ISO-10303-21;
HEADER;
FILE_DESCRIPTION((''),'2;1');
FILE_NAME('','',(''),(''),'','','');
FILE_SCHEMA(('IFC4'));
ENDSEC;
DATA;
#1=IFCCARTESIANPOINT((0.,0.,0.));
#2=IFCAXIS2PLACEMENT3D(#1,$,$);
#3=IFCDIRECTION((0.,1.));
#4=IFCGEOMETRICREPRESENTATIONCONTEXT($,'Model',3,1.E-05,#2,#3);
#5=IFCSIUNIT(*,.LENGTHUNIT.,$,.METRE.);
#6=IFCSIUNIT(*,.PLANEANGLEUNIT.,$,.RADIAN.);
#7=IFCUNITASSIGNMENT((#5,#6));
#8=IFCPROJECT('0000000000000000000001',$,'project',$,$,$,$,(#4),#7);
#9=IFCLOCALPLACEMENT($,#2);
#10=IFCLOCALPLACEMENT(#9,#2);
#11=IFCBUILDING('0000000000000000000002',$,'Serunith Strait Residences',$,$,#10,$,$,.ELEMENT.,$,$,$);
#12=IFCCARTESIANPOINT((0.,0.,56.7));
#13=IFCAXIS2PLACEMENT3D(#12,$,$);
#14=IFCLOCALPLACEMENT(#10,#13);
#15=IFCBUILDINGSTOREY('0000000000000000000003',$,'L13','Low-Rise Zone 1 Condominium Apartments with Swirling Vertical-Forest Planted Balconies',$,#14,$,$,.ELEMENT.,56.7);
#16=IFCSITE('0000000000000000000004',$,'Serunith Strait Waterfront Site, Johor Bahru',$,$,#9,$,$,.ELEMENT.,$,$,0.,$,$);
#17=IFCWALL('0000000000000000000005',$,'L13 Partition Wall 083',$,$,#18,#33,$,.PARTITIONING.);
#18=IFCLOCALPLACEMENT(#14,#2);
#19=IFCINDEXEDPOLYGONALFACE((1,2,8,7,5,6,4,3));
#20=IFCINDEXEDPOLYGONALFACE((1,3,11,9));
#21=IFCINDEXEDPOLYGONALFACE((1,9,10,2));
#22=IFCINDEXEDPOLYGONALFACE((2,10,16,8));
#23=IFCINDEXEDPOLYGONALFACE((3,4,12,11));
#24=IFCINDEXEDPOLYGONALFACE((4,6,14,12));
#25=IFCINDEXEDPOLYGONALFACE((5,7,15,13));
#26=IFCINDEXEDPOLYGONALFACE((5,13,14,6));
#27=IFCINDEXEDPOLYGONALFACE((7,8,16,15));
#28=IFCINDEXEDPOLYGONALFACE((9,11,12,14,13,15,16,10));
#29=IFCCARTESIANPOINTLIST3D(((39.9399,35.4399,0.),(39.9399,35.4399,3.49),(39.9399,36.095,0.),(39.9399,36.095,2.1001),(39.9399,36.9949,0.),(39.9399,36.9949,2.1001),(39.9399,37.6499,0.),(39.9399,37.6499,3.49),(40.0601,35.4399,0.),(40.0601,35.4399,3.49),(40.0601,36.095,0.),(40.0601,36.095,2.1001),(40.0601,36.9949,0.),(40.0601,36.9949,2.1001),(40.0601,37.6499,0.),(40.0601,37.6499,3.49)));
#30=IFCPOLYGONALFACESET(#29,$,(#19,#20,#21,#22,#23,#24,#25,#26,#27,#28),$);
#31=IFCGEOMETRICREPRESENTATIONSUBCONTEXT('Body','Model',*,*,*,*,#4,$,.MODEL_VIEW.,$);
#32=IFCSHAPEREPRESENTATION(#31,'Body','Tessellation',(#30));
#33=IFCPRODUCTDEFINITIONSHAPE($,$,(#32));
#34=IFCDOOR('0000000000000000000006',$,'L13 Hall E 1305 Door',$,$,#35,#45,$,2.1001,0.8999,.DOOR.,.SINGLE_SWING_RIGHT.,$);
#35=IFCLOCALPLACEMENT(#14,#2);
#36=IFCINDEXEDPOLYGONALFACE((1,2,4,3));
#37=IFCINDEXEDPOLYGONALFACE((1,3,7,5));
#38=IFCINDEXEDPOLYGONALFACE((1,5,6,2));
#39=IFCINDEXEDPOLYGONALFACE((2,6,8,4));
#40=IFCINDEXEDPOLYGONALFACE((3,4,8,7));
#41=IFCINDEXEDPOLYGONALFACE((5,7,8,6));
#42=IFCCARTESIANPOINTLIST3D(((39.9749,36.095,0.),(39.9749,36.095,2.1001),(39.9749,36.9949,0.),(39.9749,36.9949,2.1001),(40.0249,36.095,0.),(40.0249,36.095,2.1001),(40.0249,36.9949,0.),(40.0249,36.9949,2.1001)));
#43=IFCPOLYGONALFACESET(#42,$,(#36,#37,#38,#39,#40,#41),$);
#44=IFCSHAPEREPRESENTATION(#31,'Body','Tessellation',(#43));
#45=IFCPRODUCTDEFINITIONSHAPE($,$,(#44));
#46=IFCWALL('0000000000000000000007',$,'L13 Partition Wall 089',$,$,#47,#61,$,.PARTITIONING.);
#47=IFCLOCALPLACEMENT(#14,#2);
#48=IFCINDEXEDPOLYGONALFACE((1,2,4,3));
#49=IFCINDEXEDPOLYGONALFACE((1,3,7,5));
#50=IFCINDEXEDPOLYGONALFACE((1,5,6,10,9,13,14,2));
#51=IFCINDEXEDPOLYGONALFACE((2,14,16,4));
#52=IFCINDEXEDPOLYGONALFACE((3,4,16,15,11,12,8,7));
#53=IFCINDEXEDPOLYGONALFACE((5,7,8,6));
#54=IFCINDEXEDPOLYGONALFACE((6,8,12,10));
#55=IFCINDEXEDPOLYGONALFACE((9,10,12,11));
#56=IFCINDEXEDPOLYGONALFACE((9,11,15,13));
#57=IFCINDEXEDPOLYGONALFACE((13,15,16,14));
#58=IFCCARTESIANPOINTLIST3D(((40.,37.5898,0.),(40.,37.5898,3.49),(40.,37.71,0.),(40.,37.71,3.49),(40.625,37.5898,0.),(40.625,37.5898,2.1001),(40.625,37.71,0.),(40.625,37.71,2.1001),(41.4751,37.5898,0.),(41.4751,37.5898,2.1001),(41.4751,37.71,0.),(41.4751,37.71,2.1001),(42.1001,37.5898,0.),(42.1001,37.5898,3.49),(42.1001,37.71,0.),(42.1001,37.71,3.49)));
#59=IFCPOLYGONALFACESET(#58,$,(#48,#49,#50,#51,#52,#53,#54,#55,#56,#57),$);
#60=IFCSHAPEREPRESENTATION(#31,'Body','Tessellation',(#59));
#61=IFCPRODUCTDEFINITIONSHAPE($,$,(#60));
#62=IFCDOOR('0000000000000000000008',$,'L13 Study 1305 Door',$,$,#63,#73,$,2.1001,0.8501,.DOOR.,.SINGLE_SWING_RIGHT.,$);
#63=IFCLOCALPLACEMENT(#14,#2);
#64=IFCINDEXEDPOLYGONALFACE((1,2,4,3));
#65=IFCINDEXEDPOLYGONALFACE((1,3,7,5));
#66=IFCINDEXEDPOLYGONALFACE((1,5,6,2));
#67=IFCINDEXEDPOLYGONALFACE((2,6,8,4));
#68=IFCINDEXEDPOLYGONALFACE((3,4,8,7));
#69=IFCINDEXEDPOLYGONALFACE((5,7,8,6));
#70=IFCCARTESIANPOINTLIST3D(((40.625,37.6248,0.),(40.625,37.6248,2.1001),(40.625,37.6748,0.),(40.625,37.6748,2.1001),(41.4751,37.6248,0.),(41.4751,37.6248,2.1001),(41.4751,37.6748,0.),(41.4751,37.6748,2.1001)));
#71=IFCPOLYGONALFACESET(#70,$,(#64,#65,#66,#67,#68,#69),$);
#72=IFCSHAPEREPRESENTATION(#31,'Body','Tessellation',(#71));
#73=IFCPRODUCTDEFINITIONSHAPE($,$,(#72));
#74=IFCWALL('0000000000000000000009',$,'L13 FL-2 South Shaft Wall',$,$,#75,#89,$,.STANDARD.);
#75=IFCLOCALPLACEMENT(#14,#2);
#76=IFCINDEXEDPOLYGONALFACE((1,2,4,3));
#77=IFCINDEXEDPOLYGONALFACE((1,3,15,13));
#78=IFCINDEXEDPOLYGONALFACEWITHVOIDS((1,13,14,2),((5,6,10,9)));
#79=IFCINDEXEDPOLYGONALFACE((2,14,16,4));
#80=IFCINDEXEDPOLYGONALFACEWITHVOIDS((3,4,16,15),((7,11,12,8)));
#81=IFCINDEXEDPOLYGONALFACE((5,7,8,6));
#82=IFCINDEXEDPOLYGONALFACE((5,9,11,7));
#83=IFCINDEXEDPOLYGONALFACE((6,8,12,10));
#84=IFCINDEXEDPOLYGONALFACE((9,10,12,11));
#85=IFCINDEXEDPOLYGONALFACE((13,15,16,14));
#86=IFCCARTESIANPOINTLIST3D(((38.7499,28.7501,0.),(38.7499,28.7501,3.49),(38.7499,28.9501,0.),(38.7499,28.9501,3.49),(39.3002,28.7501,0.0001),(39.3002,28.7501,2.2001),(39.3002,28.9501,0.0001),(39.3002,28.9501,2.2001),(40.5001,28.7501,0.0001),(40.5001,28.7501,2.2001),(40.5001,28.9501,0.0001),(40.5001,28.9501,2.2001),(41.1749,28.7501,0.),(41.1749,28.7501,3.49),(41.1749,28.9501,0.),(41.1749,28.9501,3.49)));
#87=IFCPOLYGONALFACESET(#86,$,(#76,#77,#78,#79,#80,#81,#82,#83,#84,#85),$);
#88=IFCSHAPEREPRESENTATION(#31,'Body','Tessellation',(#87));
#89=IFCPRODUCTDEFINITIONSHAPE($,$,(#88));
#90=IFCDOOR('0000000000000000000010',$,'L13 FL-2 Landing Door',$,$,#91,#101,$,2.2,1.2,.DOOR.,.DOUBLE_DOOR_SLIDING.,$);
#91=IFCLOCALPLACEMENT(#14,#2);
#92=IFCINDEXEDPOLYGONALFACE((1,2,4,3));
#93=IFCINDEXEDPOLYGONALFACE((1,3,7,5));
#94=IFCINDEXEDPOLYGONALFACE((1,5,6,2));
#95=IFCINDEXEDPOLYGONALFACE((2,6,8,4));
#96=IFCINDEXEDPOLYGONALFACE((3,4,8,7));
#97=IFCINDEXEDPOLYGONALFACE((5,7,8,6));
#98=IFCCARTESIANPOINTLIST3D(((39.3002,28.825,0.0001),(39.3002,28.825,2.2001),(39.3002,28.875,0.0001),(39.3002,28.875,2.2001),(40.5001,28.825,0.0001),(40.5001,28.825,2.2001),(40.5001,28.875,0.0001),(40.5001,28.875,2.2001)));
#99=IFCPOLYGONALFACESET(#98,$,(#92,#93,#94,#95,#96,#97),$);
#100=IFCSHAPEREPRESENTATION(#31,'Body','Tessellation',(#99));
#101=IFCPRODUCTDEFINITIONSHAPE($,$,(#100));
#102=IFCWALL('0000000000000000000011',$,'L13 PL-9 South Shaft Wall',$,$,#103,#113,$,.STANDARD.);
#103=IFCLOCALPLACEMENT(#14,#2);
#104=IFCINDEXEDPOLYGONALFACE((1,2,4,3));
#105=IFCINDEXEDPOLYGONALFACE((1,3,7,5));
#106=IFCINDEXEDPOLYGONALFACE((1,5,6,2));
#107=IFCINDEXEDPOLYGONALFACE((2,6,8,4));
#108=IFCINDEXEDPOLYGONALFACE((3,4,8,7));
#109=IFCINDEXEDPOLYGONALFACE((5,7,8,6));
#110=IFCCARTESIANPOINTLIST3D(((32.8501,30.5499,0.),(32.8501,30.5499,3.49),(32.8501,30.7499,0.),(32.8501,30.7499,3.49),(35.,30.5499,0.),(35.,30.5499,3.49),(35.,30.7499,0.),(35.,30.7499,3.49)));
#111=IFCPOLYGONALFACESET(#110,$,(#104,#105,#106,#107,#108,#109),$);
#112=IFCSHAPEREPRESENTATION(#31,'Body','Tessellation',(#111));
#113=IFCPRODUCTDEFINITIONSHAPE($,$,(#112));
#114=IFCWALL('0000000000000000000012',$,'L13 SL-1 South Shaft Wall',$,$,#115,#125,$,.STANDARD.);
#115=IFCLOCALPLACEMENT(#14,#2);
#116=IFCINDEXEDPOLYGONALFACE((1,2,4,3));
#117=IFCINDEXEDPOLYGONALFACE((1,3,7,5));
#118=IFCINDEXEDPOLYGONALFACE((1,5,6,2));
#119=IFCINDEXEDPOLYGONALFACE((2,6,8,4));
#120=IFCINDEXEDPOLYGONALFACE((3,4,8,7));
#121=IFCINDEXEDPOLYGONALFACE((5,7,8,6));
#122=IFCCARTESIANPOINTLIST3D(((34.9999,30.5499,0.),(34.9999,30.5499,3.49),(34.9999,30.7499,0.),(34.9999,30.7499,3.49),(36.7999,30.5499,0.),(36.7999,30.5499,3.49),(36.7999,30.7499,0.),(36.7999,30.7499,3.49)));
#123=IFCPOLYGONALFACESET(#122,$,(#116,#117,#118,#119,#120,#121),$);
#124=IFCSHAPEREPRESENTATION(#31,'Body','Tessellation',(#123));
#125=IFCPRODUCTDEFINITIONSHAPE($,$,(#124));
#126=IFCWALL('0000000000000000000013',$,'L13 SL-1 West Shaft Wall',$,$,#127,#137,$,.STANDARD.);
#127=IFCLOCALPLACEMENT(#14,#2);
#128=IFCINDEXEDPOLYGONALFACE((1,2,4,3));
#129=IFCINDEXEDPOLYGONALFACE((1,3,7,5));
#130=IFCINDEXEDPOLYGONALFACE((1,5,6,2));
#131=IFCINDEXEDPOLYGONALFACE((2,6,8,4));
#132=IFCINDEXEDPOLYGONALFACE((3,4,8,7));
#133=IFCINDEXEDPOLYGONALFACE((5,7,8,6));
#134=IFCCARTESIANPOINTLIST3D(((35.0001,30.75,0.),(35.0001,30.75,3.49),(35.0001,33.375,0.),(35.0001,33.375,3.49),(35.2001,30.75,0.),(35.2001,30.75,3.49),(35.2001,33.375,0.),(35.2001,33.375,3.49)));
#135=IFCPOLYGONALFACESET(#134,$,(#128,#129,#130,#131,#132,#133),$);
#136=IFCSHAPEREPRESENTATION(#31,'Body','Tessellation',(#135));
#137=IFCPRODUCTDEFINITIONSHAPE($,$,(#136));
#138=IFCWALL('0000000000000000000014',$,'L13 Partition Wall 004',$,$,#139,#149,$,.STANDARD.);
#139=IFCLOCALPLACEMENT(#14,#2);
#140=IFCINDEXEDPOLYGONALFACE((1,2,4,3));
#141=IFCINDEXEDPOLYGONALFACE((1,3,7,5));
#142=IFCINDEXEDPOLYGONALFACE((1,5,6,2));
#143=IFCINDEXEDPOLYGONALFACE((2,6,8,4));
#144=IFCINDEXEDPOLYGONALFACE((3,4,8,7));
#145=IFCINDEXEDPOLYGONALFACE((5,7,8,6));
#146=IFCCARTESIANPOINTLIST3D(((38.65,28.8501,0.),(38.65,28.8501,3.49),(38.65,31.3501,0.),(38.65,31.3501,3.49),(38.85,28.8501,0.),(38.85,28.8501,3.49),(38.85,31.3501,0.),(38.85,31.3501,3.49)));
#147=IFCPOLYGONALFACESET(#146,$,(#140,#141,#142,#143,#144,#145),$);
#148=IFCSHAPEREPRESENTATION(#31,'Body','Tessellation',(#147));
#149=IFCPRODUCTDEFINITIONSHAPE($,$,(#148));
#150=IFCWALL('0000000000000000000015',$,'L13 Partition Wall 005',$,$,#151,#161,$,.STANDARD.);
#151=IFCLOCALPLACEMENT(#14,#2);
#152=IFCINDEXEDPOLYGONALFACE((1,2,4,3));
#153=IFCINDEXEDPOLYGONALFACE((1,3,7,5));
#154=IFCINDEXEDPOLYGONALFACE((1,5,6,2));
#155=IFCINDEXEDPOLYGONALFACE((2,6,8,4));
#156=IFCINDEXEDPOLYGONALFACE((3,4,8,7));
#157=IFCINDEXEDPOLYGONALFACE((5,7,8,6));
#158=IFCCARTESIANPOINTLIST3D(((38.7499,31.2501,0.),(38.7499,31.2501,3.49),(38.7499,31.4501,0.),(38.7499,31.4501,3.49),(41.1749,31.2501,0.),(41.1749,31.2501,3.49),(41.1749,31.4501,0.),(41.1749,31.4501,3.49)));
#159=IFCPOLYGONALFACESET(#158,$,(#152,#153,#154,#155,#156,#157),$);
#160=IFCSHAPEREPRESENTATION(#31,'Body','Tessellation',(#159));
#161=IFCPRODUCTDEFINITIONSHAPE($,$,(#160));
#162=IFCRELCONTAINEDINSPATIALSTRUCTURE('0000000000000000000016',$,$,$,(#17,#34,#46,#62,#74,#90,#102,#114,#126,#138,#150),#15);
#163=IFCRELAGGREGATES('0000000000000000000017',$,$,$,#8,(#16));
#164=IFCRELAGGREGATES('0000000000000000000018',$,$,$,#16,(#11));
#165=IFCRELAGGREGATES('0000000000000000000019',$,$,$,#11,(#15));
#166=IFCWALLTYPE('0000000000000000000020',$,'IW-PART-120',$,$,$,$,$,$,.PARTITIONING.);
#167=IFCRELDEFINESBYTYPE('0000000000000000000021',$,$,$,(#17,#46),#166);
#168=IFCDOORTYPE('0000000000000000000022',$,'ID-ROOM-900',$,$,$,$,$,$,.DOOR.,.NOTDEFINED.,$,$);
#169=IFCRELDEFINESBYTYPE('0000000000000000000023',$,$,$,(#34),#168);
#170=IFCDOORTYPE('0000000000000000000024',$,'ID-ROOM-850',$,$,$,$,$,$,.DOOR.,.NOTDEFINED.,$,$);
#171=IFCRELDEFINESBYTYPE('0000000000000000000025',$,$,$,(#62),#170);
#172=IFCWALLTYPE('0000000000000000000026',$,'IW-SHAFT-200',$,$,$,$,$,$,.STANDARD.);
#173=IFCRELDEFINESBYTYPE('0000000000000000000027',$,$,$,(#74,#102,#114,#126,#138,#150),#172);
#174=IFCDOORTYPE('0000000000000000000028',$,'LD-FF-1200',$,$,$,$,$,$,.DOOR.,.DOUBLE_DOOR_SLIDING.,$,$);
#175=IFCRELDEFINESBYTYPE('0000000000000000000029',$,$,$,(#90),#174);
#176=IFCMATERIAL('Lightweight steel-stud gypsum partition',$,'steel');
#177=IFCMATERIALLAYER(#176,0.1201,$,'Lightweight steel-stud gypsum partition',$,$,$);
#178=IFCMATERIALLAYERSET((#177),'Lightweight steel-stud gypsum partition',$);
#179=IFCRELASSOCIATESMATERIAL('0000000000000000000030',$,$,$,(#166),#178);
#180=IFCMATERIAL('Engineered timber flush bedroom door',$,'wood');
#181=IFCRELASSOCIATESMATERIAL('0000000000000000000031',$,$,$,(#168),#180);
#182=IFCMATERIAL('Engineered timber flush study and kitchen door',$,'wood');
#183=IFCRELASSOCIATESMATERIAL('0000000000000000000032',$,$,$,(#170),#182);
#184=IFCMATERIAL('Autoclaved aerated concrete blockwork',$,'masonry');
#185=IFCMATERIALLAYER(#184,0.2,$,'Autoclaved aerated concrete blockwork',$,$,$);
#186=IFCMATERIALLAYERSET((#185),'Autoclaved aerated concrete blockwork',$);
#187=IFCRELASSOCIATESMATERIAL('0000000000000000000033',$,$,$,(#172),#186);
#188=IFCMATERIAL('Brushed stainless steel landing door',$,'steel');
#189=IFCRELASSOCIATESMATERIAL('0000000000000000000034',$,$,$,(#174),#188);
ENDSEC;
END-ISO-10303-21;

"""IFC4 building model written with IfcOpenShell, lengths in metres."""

from ifc_helpers import new_model, si_unit, direction, frame, frame_2d, origin, place, context, subcontext, project, spatial, rectangle, extrude, source, transform, mapped, material, layer, layer_set, type_object, element, fill, save


model = new_model("IFC4")

# Units and contexts
model_context = context("Model", 3, precision=1e-05, world=origin(), true_north=direction((0.0, 1.0)))
body_context = subcontext(model_context, "Body", "Model", "MODEL_VIEW")
ifc_project = project(units=[si_unit("LENGTHUNIT", "METRE"), si_unit("PLANEANGLEUNIT", "RADIAN")], contexts=[model_context])

# Site, building, storey
site_placement = place(None, origin())
site = spatial("IfcSite", under=ifc_project, at=site_placement, Name="Serunith Strait Waterfront Site, Johor Bahru", CompositionType="ELEMENT", RefElevation=0.0)
building_placement = place(site_placement, origin())
building = spatial("IfcBuilding", under=site, at=building_placement, Name="Serunith Strait Residences", CompositionType="ELEMENT")
storey_placement = place(building_placement, frame((0.0, 0.0, 56.7)))
storey = spatial("IfcBuildingStorey", under=building, at=storey_placement, Name="L13", Description="Low-Rise Zone 1 Condominium Apartments with Swirling Vertical-Forest Planted Balconies", CompositionType="ELEMENT", Elevation=56.7)

# Walls, openings, doors
shared_shape_1 = source(origin(), body_context, "Body", "SweptSolid", [
    extrude(rectangle(XDim=0.8501, YDim=2.1001, at=frame_2d((0.425, 1.05))), frame((0.0, 0.0249, 0.0), z_axis=(0.0, -1.0, 0.0), x_axis=(1.0, 0.0, 0.0)), (0.0, 0.0, 1.0), 0.05),
])
ifc_material_1 = material(Name="Lightweight steel-stud gypsum partition", Category="steel")
ifc_layer_1 = layer(ifc_material_1, 0.1201, Name="Lightweight steel-stud gypsum partition")
ifc_layer_set_1 = layer_set([ifc_layer_1], Name="Lightweight steel-stud gypsum partition")
wall_type_1 = type_object("IfcWallType", Name="IW-PART-120", PredefinedType="PARTITIONING", material=ifc_layer_set_1)
ifc_material_2 = material(Name="Engineered timber flush bedroom door", Category="wood")
door_type_1 = type_object("IfcDoorType", Name="ID-ROOM-900", OperationType="NOTDEFINED", PredefinedType="DOOR", material=ifc_material_2)
shared_shape_2 = source(origin(), body_context, "Body", "SweptSolid", [
    extrude(rectangle(XDim=0.8999, YDim=2.1001, at=frame_2d((0.45, 1.05))), frame((0.0, 0.0249, 0.0), z_axis=(0.0, -1.0, 0.0), x_axis=(1.0, 0.0, 0.0)), (0.0, 0.0, 1.0), 0.05),
])
wall_1_placement = place(storey_placement, frame((40.0, 37.6499, 0.0), z_axis=(0.0, 0.0, 1.0), x_axis=(0.0, -1.0, 0.0)))
wall_1 = element("IfcWall", 1, at=wall_1_placement, inside=storey, type_object=wall_type_1, Name="L13 Partition Wall 083", PredefinedType="PARTITIONING", context=body_context, shape_type="SweptSolid", body=[
    extrude(rectangle(XDim=2.21, YDim=0.1201, at=frame_2d((1.105, 0.0))), origin(), (0.0, 0.0, 1.0), 3.49),
])
opening_1_placement = place(wall_1_placement, frame((0.655, 0.0, 0.0)))
opening_1 = element("IfcOpeningElement", 2, at=opening_1_placement, cuts=wall_1, PredefinedType="OPENING", context=body_context, shape_type="SweptSolid", body=[
    extrude(rectangle(XDim=0.8999, YDim=2.1001, at=frame_2d((0.45, 1.05))), frame((0.0, 0.0701, 0.0), z_axis=(0.0, -1.0, 0.0), x_axis=(1.0, 0.0, 0.0)), (0.0, 0.0, 1.0), 0.1401),
])
door_1_placement = place(opening_1_placement, origin())
door_1 = element("IfcDoor", 3, at=door_1_placement, inside=storey, type_object=door_type_1, Name="L13 Hall E 1305 Door", OperationType="SINGLE_SWING_RIGHT", OverallHeight=2.1001, OverallWidth=0.8999, PredefinedType="DOOR", context=body_context, shape_type="MappedRepresentation", body=[
    mapped(shared_shape_2, transform((0.0, 0.0, 0.0), scale=1.0)),
])
fill(opening_1, door_1)
wall_2_placement = place(storey_placement, frame((40.0, 37.6499, 0.0), z_axis=(0.0, 0.0, 1.0), x_axis=(1.0, 0.0, 0.0)))
wall_2 = element("IfcWall", 4, at=wall_2_placement, inside=storey, type_object=wall_type_1, Name="L13 Partition Wall 089", PredefinedType="PARTITIONING", context=body_context, shape_type="SweptSolid", body=[
    extrude(rectangle(XDim=2.1001, YDim=0.1201, at=frame_2d((1.05, 0.0))), origin(), (0.0, 0.0, 1.0), 3.49),
])
opening_2_placement = place(wall_2_placement, frame((0.625, 0.0, 0.0)))
opening_2 = element("IfcOpeningElement", 5, at=opening_2_placement, cuts=wall_2, PredefinedType="OPENING", context=body_context, shape_type="SweptSolid", body=[
    extrude(rectangle(XDim=0.8501, YDim=2.1001, at=frame_2d((0.425, 1.05))), frame((0.0, 0.0701, 0.0), z_axis=(0.0, -1.0, 0.0), x_axis=(1.0, 0.0, 0.0)), (0.0, 0.0, 1.0), 0.1401),
])
ifc_material_3 = material(Name="Engineered timber flush study and kitchen door", Category="wood")
door_type_2 = type_object("IfcDoorType", Name="ID-ROOM-850", OperationType="NOTDEFINED", PredefinedType="DOOR", material=ifc_material_3)
door_2_placement = place(opening_2_placement, origin())
door_2 = element("IfcDoor", 6, at=door_2_placement, inside=storey, type_object=door_type_2, Name="L13 Study 1305 Door", OperationType="SINGLE_SWING_RIGHT", OverallHeight=2.1001, OverallWidth=0.8501, PredefinedType="DOOR", context=body_context, shape_type="MappedRepresentation", body=[
    mapped(shared_shape_1, transform((0.0, 0.0, 0.0), scale=1.0)),
])
fill(opening_2, door_2)
ifc_material_4 = material(Name="Autoclaved aerated concrete blockwork", Category="masonry")
ifc_layer_2 = layer(ifc_material_4, 0.2, Name="Autoclaved aerated concrete blockwork")
ifc_layer_set_2 = layer_set([ifc_layer_2], Name="Autoclaved aerated concrete blockwork")
wall_type_2 = type_object("IfcWallType", Name="IW-SHAFT-200", PredefinedType="STANDARD", material=ifc_layer_set_2)
wall_3_placement = place(storey_placement, frame((38.75, 28.8501, 0.0), z_axis=(0.0, 0.0, 1.0), x_axis=(1.0, 0.0, 0.0)))
wall_3 = element("IfcWall", 7, at=wall_3_placement, inside=storey, type_object=wall_type_2, Name="L13 FL-2 South Shaft Wall", PredefinedType="STANDARD", context=body_context, shape_type="SweptSolid", body=[
    extrude(rectangle(XDim=2.425, YDim=0.2, at=frame_2d((1.2124, 0.0))), origin(), (0.0, 0.0, 1.0), 3.49),
])
opening_3_placement = place(wall_3_placement, frame((0.55, 0.0, 0.0)))
opening_3 = element("IfcOpeningElement", 8, at=opening_3_placement, cuts=wall_3, PredefinedType="OPENING", context=body_context, shape_type="SweptSolid", body=[
    extrude(rectangle(XDim=1.2, YDim=2.2, at=frame_2d((0.6001, 1.1001))), frame((0.0, 0.1099, 0.0), z_axis=(0.0, -1.0, 0.0), x_axis=(1.0, 0.0, 0.0)), (0.0, 0.0, 1.0), 0.22),
])
ifc_material_5 = material(Name="Brushed stainless steel landing door", Category="steel")
door_type_3 = type_object("IfcDoorType", Name="LD-FF-1200", OperationType="DOUBLE_DOOR_SLIDING", PredefinedType="DOOR", material=ifc_material_5)
shared_shape_3 = source(origin(), body_context, "Body", "SweptSolid", [
    extrude(rectangle(XDim=1.2, YDim=2.2, at=frame_2d((0.6001, 1.1001))), frame((0.0, 0.0249, 0.0), z_axis=(0.0, -1.0, 0.0), x_axis=(1.0, 0.0, 0.0)), (0.0, 0.0, 1.0), 0.05),
])
door_3_placement = place(opening_3_placement, origin())
door_3 = element("IfcDoor", 9, at=door_3_placement, inside=storey, type_object=door_type_3, Name="L13 FL-2 Landing Door", OperationType="DOUBLE_DOOR_SLIDING", OverallHeight=2.2, OverallWidth=1.2, PredefinedType="DOOR", context=body_context, shape_type="MappedRepresentation", body=[
    mapped(shared_shape_3, transform((0.0, 0.0, 0.0), scale=1.0)),
])
fill(opening_3, door_3)

# Walls
wall_4_placement = place(storey_placement, frame((32.8501, 30.6499, 0.0), z_axis=(0.0, 0.0, 1.0), x_axis=(1.0, 0.0, 0.0)))
element("IfcWall", 10, at=wall_4_placement, inside=storey, type_object=wall_type_2, Name="L13 PL-9 South Shaft Wall", PredefinedType="STANDARD", context=body_context, shape_type="SweptSolid", body=[
    extrude(rectangle(XDim=2.1499, YDim=0.2, at=frame_2d((1.075, 0.0))), origin(), (0.0, 0.0, 1.0), 3.49),
])
wall_5_placement = place(storey_placement, frame((35.0, 30.6499, 0.0), z_axis=(0.0, 0.0, 1.0), x_axis=(1.0, 0.0, 0.0)))
element("IfcWall", 11, at=wall_5_placement, inside=storey, type_object=wall_type_2, Name="L13 SL-1 South Shaft Wall", PredefinedType="STANDARD", context=body_context, shape_type="SweptSolid", body=[
    extrude(rectangle(XDim=1.8, YDim=0.2, at=frame_2d((0.8999, 0.0))), origin(), (0.0, 0.0, 1.0), 3.49),
])
wall_6_placement = place(storey_placement, frame((35.1001, 30.75, 0.0), z_axis=(0.0, 0.0, 1.0), x_axis=(0.0, 1.0, 0.0)))
element("IfcWall", 12, at=wall_6_placement, inside=storey, type_object=wall_type_2, Name="L13 SL-1 West Shaft Wall", PredefinedType="STANDARD", context=body_context, shape_type="SweptSolid", body=[
    extrude(rectangle(XDim=2.625, YDim=0.2, at=frame_2d((1.3125, 0.0))), origin(), (0.0, 0.0, 1.0), 3.49),
])
wall_7_placement = place(storey_placement, frame((38.75, 28.8501, 0.0), z_axis=(0.0, 0.0, 1.0), x_axis=(0.0, 1.0, 0.0)))
element("IfcWall", 13, at=wall_7_placement, inside=storey, type_object=wall_type_2, Name="L13 Partition Wall 004", PredefinedType="STANDARD", context=body_context, shape_type="SweptSolid", body=[
    extrude(rectangle(XDim=2.5, YDim=0.2, at=frame_2d((1.25, 0.0))), origin(), (0.0, 0.0, 1.0), 3.49),
])
wall_8_placement = place(storey_placement, frame((38.75, 31.3501, 0.0), z_axis=(0.0, 0.0, 1.0), x_axis=(1.0, 0.0, 0.0)))
element("IfcWall", 14, at=wall_8_placement, inside=storey, type_object=wall_type_2, Name="L13 Partition Wall 005", PredefinedType="STANDARD", context=body_context, shape_type="SweptSolid", body=[
    extrude(rectangle(XDim=2.425, YDim=0.2, at=frame_2d((1.2124, 0.0))), origin(), (0.0, 0.0, 1.0), 3.49),
])

save(model, "model.ifc")
